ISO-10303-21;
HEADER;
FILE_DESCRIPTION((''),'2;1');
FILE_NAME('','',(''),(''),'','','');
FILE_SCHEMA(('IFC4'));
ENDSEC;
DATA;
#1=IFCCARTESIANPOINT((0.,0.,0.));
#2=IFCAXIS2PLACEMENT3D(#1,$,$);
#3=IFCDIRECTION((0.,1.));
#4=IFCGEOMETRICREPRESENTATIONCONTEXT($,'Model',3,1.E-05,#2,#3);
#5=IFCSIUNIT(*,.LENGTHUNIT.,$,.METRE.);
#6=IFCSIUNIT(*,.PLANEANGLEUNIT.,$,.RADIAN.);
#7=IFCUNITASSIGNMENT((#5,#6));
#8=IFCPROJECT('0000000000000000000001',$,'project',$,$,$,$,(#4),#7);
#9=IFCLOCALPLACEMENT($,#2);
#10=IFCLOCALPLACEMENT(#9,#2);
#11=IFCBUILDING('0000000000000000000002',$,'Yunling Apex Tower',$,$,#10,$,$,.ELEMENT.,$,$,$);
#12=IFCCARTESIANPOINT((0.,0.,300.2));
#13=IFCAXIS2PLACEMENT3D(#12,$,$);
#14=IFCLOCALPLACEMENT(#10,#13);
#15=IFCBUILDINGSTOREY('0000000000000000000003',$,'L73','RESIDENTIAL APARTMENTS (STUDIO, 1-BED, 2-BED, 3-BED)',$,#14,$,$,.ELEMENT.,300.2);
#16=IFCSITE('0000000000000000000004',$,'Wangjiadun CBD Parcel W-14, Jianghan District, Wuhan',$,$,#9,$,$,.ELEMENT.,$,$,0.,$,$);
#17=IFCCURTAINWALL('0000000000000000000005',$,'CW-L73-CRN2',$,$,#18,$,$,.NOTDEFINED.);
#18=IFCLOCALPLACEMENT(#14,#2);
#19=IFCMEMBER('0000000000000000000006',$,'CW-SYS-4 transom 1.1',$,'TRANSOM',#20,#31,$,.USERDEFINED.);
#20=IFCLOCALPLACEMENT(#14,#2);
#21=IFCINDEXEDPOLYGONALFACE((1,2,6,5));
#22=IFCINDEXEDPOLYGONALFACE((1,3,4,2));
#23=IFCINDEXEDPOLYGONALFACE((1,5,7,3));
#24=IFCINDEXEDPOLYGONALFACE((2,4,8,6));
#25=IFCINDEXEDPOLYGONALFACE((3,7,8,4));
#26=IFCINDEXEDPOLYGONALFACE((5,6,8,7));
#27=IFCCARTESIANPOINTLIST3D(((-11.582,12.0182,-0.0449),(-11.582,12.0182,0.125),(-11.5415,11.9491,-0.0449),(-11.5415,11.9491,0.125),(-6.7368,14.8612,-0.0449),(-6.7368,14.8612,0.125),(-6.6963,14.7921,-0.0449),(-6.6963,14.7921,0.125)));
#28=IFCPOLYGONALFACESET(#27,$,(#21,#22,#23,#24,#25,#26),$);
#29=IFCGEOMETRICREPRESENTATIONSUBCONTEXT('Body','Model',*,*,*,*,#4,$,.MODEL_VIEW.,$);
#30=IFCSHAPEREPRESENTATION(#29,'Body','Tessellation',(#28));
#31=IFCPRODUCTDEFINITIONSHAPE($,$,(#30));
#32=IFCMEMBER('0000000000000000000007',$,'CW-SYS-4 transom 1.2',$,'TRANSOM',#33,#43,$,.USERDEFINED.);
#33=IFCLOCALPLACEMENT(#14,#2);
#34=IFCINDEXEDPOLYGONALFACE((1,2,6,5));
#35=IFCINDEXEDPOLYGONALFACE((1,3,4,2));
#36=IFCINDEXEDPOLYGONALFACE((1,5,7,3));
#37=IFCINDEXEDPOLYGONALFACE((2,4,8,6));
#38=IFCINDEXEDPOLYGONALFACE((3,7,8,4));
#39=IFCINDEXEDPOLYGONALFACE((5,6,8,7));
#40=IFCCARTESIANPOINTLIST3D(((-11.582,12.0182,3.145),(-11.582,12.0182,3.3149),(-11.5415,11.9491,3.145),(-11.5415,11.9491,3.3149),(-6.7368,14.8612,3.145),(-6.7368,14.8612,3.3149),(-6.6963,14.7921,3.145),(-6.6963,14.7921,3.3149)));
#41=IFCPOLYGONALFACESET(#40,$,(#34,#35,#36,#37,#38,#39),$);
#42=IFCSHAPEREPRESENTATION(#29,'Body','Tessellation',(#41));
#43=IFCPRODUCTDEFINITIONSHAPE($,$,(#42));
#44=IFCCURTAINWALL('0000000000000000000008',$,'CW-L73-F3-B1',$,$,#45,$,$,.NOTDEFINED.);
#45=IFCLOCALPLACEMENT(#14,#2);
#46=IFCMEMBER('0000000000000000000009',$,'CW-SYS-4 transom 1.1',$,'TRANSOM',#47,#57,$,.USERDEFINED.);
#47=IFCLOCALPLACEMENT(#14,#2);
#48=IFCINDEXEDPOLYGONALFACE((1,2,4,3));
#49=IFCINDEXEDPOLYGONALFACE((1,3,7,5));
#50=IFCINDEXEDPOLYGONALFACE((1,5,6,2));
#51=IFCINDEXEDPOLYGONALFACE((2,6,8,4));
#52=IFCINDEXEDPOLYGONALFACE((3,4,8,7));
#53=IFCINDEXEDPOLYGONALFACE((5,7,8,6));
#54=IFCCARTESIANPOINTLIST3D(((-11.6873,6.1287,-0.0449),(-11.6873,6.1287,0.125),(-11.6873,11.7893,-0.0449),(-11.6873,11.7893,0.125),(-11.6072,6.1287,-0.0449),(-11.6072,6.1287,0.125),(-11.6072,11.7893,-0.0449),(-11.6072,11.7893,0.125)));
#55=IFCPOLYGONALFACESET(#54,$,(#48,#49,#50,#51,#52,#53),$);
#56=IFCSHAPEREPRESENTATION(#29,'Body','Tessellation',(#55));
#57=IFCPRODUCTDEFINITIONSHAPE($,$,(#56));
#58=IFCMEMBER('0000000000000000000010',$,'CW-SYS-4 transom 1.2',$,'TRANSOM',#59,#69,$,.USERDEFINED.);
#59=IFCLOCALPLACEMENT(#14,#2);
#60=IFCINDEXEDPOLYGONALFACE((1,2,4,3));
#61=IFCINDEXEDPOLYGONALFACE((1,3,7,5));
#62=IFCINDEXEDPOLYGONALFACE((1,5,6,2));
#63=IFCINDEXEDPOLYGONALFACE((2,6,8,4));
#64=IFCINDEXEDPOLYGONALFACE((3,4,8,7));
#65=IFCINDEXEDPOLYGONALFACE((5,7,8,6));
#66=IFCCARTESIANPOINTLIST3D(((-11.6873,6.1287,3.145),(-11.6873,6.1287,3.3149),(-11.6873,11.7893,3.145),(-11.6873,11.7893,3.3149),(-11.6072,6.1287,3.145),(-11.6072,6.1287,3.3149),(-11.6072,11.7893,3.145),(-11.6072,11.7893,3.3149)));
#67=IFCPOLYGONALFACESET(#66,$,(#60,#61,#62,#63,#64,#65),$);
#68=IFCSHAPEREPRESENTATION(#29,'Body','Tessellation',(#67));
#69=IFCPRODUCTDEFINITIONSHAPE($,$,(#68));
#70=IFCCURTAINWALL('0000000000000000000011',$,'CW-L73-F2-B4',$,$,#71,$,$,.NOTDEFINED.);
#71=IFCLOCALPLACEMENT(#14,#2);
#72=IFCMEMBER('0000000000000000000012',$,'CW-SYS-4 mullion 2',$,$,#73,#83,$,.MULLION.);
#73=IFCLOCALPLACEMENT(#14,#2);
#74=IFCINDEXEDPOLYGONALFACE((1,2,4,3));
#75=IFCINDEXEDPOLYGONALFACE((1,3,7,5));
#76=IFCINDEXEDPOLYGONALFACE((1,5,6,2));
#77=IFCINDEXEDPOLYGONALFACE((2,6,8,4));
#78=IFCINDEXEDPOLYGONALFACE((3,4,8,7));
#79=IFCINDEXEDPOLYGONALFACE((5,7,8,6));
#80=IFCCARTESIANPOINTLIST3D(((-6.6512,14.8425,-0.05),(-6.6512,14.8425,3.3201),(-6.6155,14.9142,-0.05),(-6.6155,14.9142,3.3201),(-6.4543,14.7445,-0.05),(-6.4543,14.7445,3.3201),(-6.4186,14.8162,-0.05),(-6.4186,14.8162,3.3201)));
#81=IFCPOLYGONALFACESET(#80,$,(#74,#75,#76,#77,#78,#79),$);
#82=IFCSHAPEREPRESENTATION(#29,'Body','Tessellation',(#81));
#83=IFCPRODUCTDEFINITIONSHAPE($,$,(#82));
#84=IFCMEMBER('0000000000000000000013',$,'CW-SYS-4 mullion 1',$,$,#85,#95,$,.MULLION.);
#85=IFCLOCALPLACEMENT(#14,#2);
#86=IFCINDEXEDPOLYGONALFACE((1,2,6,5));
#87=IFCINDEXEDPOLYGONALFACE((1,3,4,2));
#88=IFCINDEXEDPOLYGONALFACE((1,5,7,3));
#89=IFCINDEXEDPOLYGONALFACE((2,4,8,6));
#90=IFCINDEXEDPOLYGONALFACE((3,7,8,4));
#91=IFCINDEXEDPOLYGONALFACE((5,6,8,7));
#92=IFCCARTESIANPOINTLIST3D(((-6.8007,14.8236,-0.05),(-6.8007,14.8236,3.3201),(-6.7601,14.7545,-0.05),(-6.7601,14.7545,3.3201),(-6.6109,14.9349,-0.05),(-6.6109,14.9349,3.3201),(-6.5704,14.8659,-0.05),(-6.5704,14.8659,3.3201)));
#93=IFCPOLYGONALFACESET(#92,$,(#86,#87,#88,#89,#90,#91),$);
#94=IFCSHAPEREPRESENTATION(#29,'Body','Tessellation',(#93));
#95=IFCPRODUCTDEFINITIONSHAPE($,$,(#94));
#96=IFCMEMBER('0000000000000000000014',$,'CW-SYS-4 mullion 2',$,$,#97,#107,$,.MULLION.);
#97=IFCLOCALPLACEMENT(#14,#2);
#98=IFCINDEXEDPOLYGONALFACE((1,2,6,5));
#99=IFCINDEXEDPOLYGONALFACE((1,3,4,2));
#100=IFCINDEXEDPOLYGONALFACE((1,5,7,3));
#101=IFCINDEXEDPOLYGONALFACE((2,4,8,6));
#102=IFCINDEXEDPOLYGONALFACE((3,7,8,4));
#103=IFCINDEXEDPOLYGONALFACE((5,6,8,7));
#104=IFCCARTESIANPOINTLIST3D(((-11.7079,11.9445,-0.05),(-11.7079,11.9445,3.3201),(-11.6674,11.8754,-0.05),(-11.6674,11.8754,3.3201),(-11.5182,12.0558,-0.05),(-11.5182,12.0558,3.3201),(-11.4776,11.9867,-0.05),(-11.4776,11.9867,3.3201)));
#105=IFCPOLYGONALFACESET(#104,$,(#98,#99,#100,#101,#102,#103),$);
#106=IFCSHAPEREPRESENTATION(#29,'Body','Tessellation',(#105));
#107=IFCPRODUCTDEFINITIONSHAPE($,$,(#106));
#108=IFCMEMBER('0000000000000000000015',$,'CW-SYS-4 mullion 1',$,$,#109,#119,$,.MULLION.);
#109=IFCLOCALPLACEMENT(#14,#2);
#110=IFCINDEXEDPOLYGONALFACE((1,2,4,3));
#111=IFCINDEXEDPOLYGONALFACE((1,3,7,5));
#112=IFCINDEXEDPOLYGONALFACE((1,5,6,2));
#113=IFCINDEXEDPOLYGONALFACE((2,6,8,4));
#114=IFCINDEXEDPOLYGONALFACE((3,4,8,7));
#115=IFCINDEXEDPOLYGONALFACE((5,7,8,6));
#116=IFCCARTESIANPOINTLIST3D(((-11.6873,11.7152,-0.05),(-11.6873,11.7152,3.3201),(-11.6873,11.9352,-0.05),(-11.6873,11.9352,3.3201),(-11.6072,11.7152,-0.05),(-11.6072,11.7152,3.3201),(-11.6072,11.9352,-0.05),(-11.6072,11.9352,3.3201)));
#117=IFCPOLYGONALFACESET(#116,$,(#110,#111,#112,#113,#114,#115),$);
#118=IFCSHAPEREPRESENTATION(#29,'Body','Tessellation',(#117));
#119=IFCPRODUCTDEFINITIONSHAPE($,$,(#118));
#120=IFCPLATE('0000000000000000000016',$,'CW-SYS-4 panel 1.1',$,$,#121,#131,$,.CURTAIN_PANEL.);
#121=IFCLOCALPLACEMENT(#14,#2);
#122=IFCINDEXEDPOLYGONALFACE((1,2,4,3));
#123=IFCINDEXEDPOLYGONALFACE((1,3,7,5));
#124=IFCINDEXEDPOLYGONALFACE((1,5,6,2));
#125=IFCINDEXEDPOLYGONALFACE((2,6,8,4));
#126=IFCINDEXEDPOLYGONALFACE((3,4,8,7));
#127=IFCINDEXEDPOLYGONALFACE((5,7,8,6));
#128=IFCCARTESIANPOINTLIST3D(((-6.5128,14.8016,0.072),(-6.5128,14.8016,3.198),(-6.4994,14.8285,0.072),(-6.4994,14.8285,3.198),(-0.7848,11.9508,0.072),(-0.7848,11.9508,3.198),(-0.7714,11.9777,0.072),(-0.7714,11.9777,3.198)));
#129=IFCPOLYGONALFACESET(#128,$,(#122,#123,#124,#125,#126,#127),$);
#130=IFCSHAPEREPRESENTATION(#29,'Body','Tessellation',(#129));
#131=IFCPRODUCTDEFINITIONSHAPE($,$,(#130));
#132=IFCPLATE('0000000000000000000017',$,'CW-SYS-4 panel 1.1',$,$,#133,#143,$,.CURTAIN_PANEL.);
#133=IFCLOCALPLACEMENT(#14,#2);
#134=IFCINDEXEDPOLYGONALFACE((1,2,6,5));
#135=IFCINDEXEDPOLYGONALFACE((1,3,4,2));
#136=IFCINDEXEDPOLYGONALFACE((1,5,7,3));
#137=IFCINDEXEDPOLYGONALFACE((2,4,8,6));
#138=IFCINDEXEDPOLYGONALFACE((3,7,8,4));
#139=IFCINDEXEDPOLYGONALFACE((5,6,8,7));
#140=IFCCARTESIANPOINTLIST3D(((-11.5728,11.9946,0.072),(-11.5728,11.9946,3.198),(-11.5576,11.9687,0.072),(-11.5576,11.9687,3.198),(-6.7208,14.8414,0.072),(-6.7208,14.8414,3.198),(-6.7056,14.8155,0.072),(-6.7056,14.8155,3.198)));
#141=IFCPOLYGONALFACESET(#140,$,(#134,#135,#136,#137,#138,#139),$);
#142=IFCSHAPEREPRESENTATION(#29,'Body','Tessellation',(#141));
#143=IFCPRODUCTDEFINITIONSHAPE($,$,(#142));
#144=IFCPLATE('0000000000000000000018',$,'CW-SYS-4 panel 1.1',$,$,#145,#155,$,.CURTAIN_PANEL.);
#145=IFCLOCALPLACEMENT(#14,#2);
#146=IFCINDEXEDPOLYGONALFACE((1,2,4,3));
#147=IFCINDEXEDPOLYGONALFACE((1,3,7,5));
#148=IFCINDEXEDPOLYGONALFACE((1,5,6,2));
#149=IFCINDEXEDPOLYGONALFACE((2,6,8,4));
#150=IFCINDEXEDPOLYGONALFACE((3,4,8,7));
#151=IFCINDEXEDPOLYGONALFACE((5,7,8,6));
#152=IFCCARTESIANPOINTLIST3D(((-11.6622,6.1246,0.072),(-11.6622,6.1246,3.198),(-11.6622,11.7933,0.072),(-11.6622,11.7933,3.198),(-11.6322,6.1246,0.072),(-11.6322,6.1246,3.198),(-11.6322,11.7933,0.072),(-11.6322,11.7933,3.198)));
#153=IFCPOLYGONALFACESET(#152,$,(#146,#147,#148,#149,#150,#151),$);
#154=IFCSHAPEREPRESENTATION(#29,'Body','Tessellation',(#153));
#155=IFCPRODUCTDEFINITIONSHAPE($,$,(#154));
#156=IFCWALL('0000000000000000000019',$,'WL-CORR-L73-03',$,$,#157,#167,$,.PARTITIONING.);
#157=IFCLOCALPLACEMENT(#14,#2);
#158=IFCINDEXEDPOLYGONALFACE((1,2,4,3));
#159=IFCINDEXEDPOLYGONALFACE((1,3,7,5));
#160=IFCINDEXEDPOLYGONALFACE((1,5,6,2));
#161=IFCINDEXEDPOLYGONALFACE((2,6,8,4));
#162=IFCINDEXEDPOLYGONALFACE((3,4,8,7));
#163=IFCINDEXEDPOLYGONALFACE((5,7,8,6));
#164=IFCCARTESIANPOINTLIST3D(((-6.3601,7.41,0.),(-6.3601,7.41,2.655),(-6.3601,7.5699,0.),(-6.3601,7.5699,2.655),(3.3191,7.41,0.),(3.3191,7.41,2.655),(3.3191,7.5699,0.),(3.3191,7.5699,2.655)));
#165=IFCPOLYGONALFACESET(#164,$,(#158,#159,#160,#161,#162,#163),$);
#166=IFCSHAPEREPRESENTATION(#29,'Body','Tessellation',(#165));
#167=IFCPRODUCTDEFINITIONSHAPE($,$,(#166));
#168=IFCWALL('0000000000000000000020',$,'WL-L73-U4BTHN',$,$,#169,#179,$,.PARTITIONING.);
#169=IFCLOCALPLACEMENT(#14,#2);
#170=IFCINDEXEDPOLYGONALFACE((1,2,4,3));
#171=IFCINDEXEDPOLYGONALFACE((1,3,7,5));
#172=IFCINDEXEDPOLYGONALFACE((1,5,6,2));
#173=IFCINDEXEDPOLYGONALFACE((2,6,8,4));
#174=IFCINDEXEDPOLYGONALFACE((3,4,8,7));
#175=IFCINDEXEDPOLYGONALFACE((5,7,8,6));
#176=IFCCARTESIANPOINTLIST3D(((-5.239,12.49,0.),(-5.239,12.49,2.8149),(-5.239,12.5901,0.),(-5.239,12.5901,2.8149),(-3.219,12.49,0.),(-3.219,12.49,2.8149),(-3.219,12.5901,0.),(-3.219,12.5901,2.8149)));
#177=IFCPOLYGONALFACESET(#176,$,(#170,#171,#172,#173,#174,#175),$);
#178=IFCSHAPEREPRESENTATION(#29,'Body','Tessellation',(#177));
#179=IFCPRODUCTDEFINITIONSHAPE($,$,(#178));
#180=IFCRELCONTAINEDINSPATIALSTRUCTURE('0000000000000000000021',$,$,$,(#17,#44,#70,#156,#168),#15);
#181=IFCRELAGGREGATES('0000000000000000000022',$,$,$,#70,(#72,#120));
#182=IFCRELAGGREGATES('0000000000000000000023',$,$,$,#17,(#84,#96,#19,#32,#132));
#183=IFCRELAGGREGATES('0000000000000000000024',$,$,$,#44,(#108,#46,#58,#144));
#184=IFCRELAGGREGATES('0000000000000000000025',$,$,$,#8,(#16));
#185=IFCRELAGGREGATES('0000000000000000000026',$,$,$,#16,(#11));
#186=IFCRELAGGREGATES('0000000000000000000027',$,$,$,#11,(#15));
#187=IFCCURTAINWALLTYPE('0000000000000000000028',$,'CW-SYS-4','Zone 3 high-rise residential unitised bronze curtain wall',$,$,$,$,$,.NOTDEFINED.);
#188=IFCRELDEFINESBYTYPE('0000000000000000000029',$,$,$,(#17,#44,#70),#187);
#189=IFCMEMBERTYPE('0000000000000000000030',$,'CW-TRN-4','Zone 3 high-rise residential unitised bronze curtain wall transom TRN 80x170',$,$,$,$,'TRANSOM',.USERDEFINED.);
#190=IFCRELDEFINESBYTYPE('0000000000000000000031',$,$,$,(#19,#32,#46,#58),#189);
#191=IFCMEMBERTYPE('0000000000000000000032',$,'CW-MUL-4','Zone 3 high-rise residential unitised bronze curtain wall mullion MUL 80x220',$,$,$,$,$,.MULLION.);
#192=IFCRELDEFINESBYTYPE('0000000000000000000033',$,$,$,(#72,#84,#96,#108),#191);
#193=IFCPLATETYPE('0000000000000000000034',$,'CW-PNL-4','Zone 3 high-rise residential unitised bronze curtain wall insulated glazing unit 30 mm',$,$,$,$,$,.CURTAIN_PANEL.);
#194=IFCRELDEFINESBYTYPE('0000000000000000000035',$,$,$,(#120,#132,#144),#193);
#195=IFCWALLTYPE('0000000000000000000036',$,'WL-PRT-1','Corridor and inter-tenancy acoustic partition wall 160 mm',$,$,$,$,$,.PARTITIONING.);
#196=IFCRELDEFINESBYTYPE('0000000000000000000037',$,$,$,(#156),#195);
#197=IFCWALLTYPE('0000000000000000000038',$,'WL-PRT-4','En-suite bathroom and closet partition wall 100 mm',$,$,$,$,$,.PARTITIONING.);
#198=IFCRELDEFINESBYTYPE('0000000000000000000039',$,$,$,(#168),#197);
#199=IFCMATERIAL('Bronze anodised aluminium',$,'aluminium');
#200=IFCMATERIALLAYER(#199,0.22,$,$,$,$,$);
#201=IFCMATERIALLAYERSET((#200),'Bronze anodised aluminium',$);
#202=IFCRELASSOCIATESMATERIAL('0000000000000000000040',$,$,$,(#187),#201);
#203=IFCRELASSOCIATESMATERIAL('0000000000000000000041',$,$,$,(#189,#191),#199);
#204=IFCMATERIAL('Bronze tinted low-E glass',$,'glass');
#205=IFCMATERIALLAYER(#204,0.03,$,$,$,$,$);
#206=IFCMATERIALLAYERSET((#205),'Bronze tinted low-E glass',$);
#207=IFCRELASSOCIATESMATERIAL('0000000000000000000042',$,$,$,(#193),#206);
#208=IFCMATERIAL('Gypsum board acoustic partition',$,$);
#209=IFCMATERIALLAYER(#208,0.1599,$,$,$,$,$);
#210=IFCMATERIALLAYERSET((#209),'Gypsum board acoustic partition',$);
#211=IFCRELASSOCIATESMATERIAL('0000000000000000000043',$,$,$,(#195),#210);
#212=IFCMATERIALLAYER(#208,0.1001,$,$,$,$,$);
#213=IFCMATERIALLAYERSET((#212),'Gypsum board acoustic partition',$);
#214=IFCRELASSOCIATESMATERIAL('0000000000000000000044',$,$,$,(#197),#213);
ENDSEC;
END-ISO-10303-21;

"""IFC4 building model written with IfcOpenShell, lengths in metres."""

from ifc_helpers import new_model, si_unit, direction, frame, frame_2d, origin, origin_2d, place, context, subcontext, project, spatial, rectangle, extrude, source, transform, mapped, material, layer, layer_set, material_profile, profile_set, type_object, element, aggregate, save


model = new_model("IFC4")

# Units and contexts
model_context = context("Model", 3, precision=1e-05, world=origin(), true_north=direction((0.0, 1.0)))
body_context = subcontext(model_context, "Body", "Model", "MODEL_VIEW")
ifc_project = project(units=[si_unit("LENGTHUNIT", "METRE"), si_unit("PLANEANGLEUNIT", "RADIAN")], contexts=[model_context])

# Site, building, storey
site_placement = place(None, origin())
site = spatial("IfcSite", under=ifc_project, at=site_placement, Name="Wangjiadun CBD Parcel W-14, Jianghan District, Wuhan", CompositionType="ELEMENT", RefElevation=0.0)
building_placement = place(site_placement, origin())
building = spatial("IfcBuilding", under=site, at=building_placement, Name="Yunling Apex Tower", CompositionType="ELEMENT")
storey_placement = place(building_placement, frame((0.0, 0.0, 300.2)))
storey = spatial("IfcBuildingStorey", under=building, at=storey_placement, Name="L73", Description="RESIDENTIAL APARTMENTS (STUDIO, 1-BED, 2-BED, 3-BED)", CompositionType="ELEMENT", Elevation=300.2)

# Curtain walls, members
ifc_material_1 = material(Name="Bronze anodised aluminium", Category="aluminium")
ifc_layer_1 = layer(ifc_material_1, 0.22)
ifc_layer_set_1 = layer_set([ifc_layer_1], Name="Bronze anodised aluminium")
curtain_wall_type = type_object("IfcCurtainWallType", Name="CW-SYS-4", Description="Zone 3 high-rise residential unitised bronze curtain wall", PredefinedType="NOTDEFINED", material=ifc_layer_set_1)
curtain_wall_1_placement = place(storey_placement, origin())
curtain_wall_1 = element("IfcCurtainWall", 1, at=curtain_wall_1_placement, inside=storey, type_object=curtain_wall_type, Name="CW-L73-CRN2", PredefinedType="NOTDEFINED")
ifc_material_profile_1 = material_profile(ifc_material_1, rectangle(XDim=0.0801, YDim=0.1699, at=origin_2d()))
ifc_profile_set_1 = profile_set([ifc_material_profile_1], Name="Bronze anodised aluminium")
member_type_1 = type_object("IfcMemberType", Name="CW-TRN-4", Description="Zone 3 high-rise residential unitised bronze curtain wall transom TRN 80x170", ElementType="TRANSOM", PredefinedType="USERDEFINED", material=ifc_profile_set_1)
shared_shape_1 = source(origin(), body_context, "Body", "SweptSolid", [
    extrude(rectangle(XDim=0.0801, YDim=0.1699, at=origin_2d()), origin(), (0.0, 0.0, 1.0), 5.6177),
])
member_1_placement = place(storey_placement, frame((-6.7166, 14.8267, 0.04), z_axis=(-0.862487, -0.50608, 0.0), x_axis=(0.50608, -0.862487, 0.0)))
member_1 = element("IfcMember", 2, at=member_1_placement, type_object=member_type_1, Name="CW-SYS-4 transom 1.1", ObjectType="TRANSOM", PredefinedType="USERDEFINED", context=body_context, shape_type="MappedRepresentation", body=[
    mapped(shared_shape_1, transform((0.0, 0.0, 0.0), scale=1.0)),
])
member_2_placement = place(storey_placement, frame((-6.7166, 14.8267, 3.23), z_axis=(-0.862487, -0.50608, 0.0), x_axis=(0.50608, -0.862487, 0.0)))
member_2 = element("IfcMember", 3, at=member_2_placement, type_object=member_type_1, Name="CW-SYS-4 transom 1.2", ObjectType="TRANSOM", PredefinedType="USERDEFINED", context=body_context, shape_type="MappedRepresentation", body=[
    mapped(shared_shape_1, transform((0.0, 0.0, 0.0), scale=1.0)),
])
curtain_wall_2_placement = place(storey_placement, origin())
curtain_wall_2 = element("IfcCurtainWall", 4, at=curtain_wall_2_placement, inside=storey, type_object=curtain_wall_type, Name="CW-L73-F3-B1", PredefinedType="NOTDEFINED")
shared_shape_2 = source(origin(), body_context, "Body", "SweptSolid", [
    extrude(rectangle(XDim=0.0801, YDim=0.1699, at=origin_2d()), origin(), (0.0, 0.0, 1.0), 5.6606),
])
member_3_placement = place(storey_placement, frame((-11.6472, 11.7893, 0.04), z_axis=(0.0, -1.0, 0.0), x_axis=(1.0, 0.0, 0.0)))
member_3 = element("IfcMember", 5, at=member_3_placement, type_object=member_type_1, Name="CW-SYS-4 transom 1.1", ObjectType="TRANSOM", PredefinedType="USERDEFINED", context=body_context, shape_type="MappedRepresentation", body=[
    mapped(shared_shape_2, transform((0.0, 0.0, 0.0), scale=1.0)),
])
member_4_placement = place(storey_placement, frame((-11.6472, 11.7893, 3.23), z_axis=(0.0, -1.0, 0.0), x_axis=(1.0, 0.0, 0.0)))
member_4 = element("IfcMember", 6, at=member_4_placement, type_object=member_type_1, Name="CW-SYS-4 transom 1.2", ObjectType="TRANSOM", PredefinedType="USERDEFINED", context=body_context, shape_type="MappedRepresentation", body=[
    mapped(shared_shape_2, transform((0.0, 0.0, 0.0), scale=1.0)),
])

# Curtain wall, member
curtain_wall_3_placement = place(storey_placement, origin())
curtain_wall_3 = element("IfcCurtainWall", 7, at=curtain_wall_3_placement, inside=storey, type_object=curtain_wall_type, Name="CW-L73-F2-B4", PredefinedType="NOTDEFINED")
ifc_material_profile_2 = material_profile(ifc_material_1, rectangle(XDim=0.0801, YDim=0.22, at=origin_2d()))
ifc_profile_set_2 = profile_set([ifc_material_profile_2], Name="Bronze anodised aluminium")
member_type_2 = type_object("IfcMemberType", Name="CW-MUL-4", Description="Zone 3 high-rise residential unitised bronze curtain wall mullion MUL 80x220", PredefinedType="MULLION", material=ifc_profile_set_2)
shared_shape_3 = source(origin(), body_context, "Body", "SweptSolid", [
    extrude(rectangle(XDim=0.0801, YDim=0.22, at=origin_2d()), origin(), (0.0, 0.0, 1.0), 3.3701),
])
member_5_placement = place(storey_placement, frame((-6.5349, 14.8293, -0.05), z_axis=(0.0, 0.0, 1.0), x_axis=(-0.445568, -0.895248, 0.0)))
member_5 = element("IfcMember", 8, at=member_5_placement, type_object=member_type_2, Name="CW-SYS-4 mullion 2", PredefinedType="MULLION", context=body_context, shape_type="MappedRepresentation", body=[
    mapped(shared_shape_3, transform((0.0, 0.0, 0.0), scale=1.0)),
])

# Members
member_6_placement = place(storey_placement, frame((-6.6855, 14.8447, -0.05), z_axis=(0.0, 0.0, 1.0), x_axis=(0.506057, -0.8625, 0.0)))
member_6 = element("IfcMember", 9, at=member_6_placement, type_object=member_type_2, Name="CW-SYS-4 mullion 1", PredefinedType="MULLION", context=body_context, shape_type="MappedRepresentation", body=[
    mapped(shared_shape_3, transform((0.0, 0.0, 0.0), scale=1.0)),
])
member_7_placement = place(storey_placement, frame((-11.5928, 11.9656, -0.05), z_axis=(0.0, 0.0, 1.0), x_axis=(0.506057, -0.8625, 0.0)))
member_7 = element("IfcMember", 10, at=member_7_placement, type_object=member_type_2, Name="CW-SYS-4 mullion 2", PredefinedType="MULLION", context=body_context, shape_type="MappedRepresentation", body=[
    mapped(shared_shape_3, transform((0.0, 0.0, 0.0), scale=1.0)),
])
member_8_placement = place(storey_placement, frame((-11.6472, 11.8252, -0.05), z_axis=(0.0, 0.0, 1.0), x_axis=(1.0, 0.0, 0.0)))
member_8 = element("IfcMember", 11, at=member_8_placement, type_object=member_type_2, Name="CW-SYS-4 mullion 1", PredefinedType="MULLION", context=body_context, shape_type="MappedRepresentation", body=[
    mapped(shared_shape_3, transform((0.0, 0.0, 0.0), scale=1.0)),
])

# Plates
ifc_material_2 = material(Name="Bronze tinted low-E glass", Category="glass")
ifc_layer_2 = layer(ifc_material_2, 0.03)
ifc_layer_set_2 = layer_set([ifc_layer_2], Name="Bronze tinted low-E glass")
plate_type = type_object("IfcPlateType", Name="CW-PNL-4", Description="Zone 3 high-rise residential unitised bronze curtain wall insulated glazing unit 30 mm", PredefinedType="CURTAIN_PANEL", material=ifc_layer_set_2)
shared_shape_4 = source(origin(), body_context, "Body", "SweptSolid", [
    extrude(rectangle(XDim=6.3982, YDim=0.03, at=origin_2d()), origin(), (0.0, 0.0, 1.0), 3.126),
])
plate_1_placement = place(storey_placement, frame((-3.6421, 13.3896, 0.072), z_axis=(0.0, 0.0, 1.0), x_axis=(-0.895248, 0.445568, 0.0)))
plate_1 = element("IfcPlate", 12, at=plate_1_placement, type_object=plate_type, Name="CW-SYS-4 panel 1.1", PredefinedType="CURTAIN_PANEL", context=body_context, shape_type="MappedRepresentation", body=[
    mapped(shared_shape_4, transform((0.0, 0.0, 0.0), scale=1.0)),
])
aggregate(curtain_wall_3, [member_5, plate_1])
shared_shape_5 = source(origin(), body_context, "Body", "SweptSolid", [
    extrude(rectangle(XDim=5.6255, YDim=0.03, at=origin_2d()), origin(), (0.0, 0.0, 1.0), 3.126),
])
plate_2_placement = place(storey_placement, frame((-9.1392, 13.405, 0.072), z_axis=(0.0, 0.0, 1.0), x_axis=(-0.8625, -0.506057, 0.0)))
plate_2 = element("IfcPlate", 13, at=plate_2_placement, type_object=plate_type, Name="CW-SYS-4 panel 1.1", PredefinedType="CURTAIN_PANEL", context=body_context, shape_type="MappedRepresentation", body=[
    mapped(shared_shape_5, transform((0.0, 0.0, 0.0), scale=1.0)),
])
aggregate(curtain_wall_1, [member_6, member_7, member_1, member_2, plate_2])
shared_shape_6 = source(origin(), body_context, "Body", "SweptSolid", [
    extrude(rectangle(XDim=5.6687, YDim=0.03, at=origin_2d()), origin(), (0.0, 0.0, 1.0), 3.126),
])
plate_3_placement = place(storey_placement, frame((-11.6472, 8.959, 0.072), z_axis=(0.0, 0.0, 1.0), x_axis=(0.0, -1.0, 0.0)))
plate_3 = element("IfcPlate", 14, at=plate_3_placement, type_object=plate_type, Name="CW-SYS-4 panel 1.1", PredefinedType="CURTAIN_PANEL", context=body_context, shape_type="MappedRepresentation", body=[
    mapped(shared_shape_6, transform((0.0, 0.0, 0.0), scale=1.0)),
])
aggregate(curtain_wall_2, [member_8, member_3, member_4, plate_3])

# Walls
ifc_material_3 = material(Name="Gypsum board acoustic partition")
ifc_layer_3 = layer(ifc_material_3, 0.1599)
ifc_layer_set_3 = layer_set([ifc_layer_3], Name="Gypsum board acoustic partition")
wall_type_1 = type_object("IfcWallType", Name="WL-PRT-1", Description="Corridor and inter-tenancy acoustic partition wall 160 mm", PredefinedType="PARTITIONING", material=ifc_layer_set_3)
wall_1_placement = place(storey_placement, frame((-6.3601, 7.49, 0.0), z_axis=(0.0, 0.0, 1.0), x_axis=(1.0, 0.0, 0.0)))
element("IfcWall", 15, at=wall_1_placement, inside=storey, type_object=wall_type_1, Name="WL-CORR-L73-03", PredefinedType="PARTITIONING", context=body_context, shape_type="SweptSolid", body=[
    extrude(rectangle(XDim=9.6792, YDim=0.1599, at=frame_2d((4.8396, 0.0))), origin(), (0.0, 0.0, 1.0), 2.655),
])
ifc_layer_4 = layer(ifc_material_3, 0.1001)
ifc_layer_set_4 = layer_set([ifc_layer_4], Name="Gypsum board acoustic partition")
wall_type_2 = type_object("IfcWallType", Name="WL-PRT-4", Description="En-suite bathroom and closet partition wall 100 mm", PredefinedType="PARTITIONING", material=ifc_layer_set_4)
wall_2_placement = place(storey_placement, frame((-5.239, 12.54, 0.0), z_axis=(0.0, 0.0, 1.0), x_axis=(1.0, 0.0, 0.0)))
element("IfcWall", 16, at=wall_2_placement, inside=storey, type_object=wall_type_2, Name="WL-L73-U4BTHN", PredefinedType="PARTITIONING", context=body_context, shape_type="SweptSolid", body=[
    extrude(rectangle(XDim=2.02, YDim=0.1001, at=frame_2d((1.01, 0.0))), origin(), (0.0, 0.0, 1.0), 2.8149),
])

save(model, "model.ifc")
